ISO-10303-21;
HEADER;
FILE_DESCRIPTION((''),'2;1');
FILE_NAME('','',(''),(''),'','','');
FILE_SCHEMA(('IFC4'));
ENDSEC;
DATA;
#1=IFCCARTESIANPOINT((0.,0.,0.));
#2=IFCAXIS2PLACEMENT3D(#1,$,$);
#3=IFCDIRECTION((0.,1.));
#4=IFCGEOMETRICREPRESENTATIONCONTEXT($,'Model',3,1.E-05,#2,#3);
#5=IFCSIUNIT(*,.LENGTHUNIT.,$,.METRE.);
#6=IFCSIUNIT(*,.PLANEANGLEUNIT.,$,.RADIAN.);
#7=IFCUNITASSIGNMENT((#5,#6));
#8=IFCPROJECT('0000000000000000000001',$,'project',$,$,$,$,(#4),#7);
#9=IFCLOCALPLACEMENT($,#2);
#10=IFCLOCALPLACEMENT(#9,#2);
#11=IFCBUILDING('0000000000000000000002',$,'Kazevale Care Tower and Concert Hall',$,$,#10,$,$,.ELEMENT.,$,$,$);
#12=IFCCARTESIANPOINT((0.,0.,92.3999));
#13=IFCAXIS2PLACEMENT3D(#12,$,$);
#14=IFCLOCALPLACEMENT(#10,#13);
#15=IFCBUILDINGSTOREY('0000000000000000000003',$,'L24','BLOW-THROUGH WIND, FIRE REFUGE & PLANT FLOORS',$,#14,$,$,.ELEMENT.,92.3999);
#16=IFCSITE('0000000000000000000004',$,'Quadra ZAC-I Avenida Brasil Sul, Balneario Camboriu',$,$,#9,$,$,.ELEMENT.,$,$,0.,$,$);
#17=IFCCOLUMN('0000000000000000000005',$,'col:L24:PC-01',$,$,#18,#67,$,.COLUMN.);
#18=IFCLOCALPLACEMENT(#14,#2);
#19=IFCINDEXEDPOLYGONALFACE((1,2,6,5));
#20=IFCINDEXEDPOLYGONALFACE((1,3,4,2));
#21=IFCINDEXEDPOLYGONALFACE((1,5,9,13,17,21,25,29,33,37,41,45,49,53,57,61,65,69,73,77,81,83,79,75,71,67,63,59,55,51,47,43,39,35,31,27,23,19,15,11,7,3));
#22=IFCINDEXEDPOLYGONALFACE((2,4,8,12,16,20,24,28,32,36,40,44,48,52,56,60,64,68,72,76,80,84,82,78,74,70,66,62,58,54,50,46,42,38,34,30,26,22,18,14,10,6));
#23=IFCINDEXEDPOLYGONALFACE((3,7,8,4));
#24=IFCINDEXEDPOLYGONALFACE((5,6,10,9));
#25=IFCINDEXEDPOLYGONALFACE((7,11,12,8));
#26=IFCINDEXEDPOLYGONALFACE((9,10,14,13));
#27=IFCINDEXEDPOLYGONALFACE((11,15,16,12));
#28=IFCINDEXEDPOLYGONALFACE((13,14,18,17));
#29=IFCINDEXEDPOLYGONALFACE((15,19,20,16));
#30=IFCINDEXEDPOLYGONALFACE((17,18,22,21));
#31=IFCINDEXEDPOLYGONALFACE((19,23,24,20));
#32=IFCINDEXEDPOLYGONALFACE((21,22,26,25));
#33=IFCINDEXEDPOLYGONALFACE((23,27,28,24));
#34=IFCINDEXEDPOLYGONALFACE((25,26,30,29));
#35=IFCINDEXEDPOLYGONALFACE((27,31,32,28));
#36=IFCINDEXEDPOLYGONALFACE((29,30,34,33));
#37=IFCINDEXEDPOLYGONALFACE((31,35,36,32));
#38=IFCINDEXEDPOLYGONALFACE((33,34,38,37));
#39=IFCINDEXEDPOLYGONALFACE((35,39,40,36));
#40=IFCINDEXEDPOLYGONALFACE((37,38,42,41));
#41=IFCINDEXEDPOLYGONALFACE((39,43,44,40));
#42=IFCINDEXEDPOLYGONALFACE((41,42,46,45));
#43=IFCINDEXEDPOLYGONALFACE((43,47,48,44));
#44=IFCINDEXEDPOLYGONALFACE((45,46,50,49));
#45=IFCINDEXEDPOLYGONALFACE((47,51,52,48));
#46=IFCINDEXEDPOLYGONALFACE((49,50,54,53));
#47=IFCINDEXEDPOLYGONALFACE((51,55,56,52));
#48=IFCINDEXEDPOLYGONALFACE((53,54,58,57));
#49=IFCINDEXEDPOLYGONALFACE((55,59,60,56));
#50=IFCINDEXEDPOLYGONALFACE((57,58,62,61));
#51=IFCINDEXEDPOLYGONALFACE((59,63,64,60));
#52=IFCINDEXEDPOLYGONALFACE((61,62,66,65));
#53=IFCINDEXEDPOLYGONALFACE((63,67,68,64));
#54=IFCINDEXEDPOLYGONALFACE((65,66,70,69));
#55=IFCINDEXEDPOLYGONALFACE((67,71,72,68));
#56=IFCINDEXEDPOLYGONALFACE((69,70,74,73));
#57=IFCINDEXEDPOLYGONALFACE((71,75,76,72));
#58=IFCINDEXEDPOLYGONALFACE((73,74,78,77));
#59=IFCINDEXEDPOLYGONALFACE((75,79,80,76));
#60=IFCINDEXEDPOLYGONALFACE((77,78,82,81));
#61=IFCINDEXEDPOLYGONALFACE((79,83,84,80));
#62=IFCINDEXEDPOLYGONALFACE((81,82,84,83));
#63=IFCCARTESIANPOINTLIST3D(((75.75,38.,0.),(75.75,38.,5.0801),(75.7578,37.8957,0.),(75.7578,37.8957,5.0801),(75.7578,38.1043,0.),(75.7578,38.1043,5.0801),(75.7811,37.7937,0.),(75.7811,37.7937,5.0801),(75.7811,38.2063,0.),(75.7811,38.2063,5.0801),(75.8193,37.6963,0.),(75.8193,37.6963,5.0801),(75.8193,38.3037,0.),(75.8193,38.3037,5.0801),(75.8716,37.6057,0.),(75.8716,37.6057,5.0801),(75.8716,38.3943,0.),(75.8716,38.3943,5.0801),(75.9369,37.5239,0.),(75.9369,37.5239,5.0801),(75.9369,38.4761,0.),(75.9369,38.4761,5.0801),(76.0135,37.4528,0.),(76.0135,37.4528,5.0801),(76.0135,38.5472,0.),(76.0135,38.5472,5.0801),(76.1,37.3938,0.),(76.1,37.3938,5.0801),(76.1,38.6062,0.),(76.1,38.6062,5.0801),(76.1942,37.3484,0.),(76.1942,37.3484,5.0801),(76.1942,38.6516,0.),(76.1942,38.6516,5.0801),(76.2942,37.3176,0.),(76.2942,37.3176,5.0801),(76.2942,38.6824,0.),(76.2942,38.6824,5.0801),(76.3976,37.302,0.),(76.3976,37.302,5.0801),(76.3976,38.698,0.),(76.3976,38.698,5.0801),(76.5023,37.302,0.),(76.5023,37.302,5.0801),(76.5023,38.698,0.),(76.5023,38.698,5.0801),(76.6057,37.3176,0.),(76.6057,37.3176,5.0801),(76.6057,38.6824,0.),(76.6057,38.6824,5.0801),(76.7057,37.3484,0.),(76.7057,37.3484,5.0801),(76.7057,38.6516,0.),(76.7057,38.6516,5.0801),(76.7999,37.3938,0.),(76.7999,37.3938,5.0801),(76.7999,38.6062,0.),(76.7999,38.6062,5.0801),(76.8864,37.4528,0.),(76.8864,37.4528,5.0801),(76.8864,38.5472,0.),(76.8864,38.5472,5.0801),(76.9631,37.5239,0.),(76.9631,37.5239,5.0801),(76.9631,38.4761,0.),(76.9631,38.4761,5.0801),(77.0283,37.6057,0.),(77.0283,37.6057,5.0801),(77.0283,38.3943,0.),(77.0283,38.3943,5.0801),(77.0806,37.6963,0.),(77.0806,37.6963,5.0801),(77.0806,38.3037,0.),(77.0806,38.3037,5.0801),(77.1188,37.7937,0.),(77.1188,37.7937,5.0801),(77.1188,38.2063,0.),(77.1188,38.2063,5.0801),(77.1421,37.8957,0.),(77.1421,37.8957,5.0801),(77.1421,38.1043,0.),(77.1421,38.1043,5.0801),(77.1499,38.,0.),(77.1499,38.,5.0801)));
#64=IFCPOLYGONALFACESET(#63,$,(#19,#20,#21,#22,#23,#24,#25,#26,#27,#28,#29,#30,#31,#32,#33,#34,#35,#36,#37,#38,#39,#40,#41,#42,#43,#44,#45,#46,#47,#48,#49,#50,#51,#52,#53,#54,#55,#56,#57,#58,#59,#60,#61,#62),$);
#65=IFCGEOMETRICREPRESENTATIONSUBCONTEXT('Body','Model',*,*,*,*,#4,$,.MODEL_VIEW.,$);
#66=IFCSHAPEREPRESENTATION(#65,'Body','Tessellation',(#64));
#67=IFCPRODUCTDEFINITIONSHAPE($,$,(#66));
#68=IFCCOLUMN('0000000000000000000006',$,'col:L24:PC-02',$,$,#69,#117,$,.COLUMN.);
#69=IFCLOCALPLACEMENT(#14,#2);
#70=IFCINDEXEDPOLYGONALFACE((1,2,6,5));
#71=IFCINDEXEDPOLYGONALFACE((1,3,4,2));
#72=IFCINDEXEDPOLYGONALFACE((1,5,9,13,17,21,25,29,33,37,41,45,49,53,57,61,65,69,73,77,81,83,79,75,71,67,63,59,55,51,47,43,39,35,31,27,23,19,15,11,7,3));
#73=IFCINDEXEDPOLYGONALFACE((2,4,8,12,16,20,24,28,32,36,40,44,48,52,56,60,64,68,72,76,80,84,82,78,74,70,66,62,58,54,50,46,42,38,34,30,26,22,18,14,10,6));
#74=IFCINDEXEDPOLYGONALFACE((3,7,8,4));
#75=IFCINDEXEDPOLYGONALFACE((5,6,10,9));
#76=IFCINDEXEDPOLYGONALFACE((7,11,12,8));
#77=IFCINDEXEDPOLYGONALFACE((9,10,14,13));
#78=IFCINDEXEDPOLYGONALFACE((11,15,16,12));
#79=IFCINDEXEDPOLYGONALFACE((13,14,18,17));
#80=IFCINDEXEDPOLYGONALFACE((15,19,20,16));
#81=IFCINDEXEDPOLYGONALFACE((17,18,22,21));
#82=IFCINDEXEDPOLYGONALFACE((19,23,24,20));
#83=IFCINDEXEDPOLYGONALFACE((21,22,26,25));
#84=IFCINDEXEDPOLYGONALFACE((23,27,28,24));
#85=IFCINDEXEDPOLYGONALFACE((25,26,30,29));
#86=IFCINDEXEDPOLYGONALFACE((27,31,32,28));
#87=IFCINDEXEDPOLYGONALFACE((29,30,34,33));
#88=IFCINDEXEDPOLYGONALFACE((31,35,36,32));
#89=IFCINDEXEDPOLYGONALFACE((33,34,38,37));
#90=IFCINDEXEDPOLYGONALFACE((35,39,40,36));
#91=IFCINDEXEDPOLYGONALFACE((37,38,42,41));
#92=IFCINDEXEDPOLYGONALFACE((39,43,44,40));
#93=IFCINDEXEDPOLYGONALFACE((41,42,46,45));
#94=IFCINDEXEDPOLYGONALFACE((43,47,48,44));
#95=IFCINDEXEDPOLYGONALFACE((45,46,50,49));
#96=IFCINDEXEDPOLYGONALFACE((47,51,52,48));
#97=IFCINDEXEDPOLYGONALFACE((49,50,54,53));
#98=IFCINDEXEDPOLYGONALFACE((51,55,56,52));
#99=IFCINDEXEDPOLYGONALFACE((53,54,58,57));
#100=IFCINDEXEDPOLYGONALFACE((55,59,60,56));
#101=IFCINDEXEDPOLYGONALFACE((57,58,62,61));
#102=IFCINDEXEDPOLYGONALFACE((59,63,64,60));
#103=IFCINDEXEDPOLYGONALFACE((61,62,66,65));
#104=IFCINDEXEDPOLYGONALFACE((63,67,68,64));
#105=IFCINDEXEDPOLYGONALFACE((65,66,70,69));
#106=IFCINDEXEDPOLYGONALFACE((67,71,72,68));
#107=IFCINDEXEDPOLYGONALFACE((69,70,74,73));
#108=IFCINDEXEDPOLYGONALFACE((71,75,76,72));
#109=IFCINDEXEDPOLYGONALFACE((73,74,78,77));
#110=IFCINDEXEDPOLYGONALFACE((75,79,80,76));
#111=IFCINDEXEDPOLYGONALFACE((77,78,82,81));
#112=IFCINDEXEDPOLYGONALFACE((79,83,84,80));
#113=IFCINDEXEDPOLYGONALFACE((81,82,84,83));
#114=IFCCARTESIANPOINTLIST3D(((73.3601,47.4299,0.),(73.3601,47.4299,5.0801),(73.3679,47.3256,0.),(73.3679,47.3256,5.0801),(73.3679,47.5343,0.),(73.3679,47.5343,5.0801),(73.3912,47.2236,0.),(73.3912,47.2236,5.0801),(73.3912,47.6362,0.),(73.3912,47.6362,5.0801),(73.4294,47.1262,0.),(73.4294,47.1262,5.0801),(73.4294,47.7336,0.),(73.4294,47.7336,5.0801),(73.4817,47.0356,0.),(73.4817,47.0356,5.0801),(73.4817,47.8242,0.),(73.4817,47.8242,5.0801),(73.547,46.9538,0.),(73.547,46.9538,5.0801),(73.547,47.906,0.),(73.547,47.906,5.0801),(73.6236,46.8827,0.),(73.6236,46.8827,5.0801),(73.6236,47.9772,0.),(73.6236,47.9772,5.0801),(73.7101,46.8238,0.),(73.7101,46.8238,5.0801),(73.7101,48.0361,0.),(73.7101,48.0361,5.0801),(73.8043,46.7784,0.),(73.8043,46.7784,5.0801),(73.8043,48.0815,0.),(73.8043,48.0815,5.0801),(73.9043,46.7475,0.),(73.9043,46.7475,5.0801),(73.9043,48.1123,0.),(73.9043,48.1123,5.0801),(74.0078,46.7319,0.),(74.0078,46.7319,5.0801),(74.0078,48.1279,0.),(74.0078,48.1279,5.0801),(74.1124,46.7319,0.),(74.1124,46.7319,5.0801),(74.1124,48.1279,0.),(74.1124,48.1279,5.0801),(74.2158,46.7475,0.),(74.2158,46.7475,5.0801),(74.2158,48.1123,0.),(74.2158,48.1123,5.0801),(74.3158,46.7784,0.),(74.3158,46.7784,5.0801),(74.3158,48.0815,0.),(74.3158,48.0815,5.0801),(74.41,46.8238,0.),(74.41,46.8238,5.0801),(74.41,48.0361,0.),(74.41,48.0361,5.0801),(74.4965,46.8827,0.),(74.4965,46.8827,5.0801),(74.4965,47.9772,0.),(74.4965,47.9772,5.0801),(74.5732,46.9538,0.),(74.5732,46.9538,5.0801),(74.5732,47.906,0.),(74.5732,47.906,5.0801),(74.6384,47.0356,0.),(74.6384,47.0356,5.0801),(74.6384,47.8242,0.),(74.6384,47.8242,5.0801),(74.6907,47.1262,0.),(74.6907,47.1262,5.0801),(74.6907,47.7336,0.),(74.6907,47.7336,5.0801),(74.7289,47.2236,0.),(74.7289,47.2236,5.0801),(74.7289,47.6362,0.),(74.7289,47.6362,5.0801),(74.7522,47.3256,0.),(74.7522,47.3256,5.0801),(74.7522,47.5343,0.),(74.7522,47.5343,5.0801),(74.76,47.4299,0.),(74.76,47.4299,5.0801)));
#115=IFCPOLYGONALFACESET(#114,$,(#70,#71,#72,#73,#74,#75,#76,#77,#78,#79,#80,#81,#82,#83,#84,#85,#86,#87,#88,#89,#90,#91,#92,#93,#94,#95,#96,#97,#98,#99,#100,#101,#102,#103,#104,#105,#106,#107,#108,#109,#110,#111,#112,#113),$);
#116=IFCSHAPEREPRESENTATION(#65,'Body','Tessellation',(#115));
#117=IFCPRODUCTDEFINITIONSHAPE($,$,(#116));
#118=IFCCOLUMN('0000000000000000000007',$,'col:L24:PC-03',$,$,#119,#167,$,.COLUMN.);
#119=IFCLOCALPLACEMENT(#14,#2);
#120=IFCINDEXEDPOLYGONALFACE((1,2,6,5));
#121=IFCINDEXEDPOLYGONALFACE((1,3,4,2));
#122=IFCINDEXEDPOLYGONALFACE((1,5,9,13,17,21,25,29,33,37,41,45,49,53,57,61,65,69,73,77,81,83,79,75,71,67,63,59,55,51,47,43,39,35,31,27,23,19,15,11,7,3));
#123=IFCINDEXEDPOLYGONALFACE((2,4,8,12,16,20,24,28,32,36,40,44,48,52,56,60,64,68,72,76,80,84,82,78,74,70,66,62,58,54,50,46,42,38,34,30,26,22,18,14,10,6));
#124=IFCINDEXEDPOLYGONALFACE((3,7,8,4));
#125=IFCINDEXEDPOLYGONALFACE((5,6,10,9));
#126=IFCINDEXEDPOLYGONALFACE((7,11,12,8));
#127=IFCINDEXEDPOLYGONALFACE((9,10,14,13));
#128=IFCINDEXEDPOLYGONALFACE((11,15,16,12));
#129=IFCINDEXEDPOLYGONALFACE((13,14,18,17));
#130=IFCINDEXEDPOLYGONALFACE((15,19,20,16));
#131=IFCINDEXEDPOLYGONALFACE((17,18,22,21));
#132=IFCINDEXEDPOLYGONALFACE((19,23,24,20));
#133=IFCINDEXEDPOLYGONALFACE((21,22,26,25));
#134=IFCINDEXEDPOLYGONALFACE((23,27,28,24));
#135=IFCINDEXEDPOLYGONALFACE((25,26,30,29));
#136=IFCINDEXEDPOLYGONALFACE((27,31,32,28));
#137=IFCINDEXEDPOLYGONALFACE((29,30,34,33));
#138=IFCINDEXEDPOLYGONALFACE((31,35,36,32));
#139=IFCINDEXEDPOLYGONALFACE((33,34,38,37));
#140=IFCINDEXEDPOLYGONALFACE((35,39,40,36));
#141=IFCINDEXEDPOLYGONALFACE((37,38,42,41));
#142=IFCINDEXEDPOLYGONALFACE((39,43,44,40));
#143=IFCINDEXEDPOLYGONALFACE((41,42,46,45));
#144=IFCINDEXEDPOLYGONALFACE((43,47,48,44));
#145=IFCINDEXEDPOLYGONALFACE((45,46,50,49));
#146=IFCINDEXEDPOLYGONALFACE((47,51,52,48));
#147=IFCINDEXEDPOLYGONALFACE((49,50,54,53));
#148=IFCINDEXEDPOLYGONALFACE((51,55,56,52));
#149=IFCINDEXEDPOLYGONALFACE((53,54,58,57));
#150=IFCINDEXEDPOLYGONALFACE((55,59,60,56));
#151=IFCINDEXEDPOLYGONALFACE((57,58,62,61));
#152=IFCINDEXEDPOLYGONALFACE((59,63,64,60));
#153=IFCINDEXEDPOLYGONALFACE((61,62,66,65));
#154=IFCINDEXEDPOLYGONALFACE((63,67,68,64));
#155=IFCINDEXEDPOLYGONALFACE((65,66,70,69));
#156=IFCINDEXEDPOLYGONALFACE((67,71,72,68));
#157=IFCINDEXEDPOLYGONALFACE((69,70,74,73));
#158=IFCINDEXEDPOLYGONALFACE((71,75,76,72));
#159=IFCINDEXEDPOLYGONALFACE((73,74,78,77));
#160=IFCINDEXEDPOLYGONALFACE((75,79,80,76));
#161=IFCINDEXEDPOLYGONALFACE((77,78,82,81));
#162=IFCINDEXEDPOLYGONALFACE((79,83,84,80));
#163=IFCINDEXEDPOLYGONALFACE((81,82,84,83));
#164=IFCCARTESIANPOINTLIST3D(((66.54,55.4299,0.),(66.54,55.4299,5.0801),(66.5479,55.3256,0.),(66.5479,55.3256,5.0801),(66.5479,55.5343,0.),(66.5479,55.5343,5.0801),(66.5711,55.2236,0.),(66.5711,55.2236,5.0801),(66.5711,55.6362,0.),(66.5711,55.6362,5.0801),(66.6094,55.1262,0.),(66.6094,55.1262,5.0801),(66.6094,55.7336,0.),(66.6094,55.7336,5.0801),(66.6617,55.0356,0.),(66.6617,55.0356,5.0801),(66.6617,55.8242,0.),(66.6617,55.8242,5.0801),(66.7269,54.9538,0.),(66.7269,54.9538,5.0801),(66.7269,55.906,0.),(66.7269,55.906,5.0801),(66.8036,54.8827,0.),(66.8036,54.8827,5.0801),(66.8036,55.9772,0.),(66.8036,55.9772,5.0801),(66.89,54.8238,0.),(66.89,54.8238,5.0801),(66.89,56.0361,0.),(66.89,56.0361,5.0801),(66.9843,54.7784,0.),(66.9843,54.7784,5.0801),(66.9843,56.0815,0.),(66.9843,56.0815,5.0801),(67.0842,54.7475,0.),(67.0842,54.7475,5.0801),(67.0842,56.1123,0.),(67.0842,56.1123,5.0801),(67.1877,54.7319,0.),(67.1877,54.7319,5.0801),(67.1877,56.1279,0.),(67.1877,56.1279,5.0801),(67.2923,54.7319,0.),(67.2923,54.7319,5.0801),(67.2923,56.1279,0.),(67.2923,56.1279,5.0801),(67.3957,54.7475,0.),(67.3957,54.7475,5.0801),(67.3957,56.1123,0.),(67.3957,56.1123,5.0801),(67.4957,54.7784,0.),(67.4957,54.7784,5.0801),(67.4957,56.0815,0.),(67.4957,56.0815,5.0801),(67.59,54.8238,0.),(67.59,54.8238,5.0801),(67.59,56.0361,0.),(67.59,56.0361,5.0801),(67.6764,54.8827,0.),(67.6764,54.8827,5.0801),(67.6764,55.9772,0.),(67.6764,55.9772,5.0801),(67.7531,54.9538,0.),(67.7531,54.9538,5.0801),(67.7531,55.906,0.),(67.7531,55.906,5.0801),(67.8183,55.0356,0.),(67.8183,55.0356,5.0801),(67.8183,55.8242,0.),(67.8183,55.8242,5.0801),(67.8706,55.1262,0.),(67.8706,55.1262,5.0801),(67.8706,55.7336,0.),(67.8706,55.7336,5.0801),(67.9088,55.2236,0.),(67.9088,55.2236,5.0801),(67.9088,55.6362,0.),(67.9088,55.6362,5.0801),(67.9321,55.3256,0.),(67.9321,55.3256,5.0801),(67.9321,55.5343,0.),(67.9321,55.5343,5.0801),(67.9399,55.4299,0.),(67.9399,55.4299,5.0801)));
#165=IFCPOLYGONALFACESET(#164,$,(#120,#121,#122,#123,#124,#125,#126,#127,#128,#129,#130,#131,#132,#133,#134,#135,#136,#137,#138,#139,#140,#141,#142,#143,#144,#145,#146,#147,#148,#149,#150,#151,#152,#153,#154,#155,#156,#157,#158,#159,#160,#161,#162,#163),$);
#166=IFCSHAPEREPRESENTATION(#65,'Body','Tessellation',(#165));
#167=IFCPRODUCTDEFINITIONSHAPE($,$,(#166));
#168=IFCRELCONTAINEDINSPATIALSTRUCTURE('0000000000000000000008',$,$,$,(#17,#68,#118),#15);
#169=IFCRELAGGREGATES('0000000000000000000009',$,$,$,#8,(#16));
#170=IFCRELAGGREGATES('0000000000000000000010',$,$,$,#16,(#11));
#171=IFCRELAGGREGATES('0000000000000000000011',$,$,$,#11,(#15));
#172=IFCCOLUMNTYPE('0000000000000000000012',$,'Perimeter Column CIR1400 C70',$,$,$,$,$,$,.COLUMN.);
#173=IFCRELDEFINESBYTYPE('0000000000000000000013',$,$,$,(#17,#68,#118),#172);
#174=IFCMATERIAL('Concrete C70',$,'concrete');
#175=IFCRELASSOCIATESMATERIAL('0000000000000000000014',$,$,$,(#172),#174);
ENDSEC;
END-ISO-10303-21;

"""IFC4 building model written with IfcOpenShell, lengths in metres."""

from ifc_helpers import new_model, si_unit, direction, frame, origin, origin_2d, place, context, subcontext, project, spatial, circle, extrude, material, material_profile, profile_set, type_object, element, save


model = new_model("IFC4")

# Units and contexts
model_context = context("Model", 3, precision=1e-05, world=origin(), true_north=direction((0.0, 1.0)))
body_context = subcontext(model_context, "Body", "Model", "MODEL_VIEW")
ifc_project = project(units=[si_unit("LENGTHUNIT", "METRE"), si_unit("PLANEANGLEUNIT", "RADIAN")], contexts=[model_context])

# Site, building, storey
site_placement = place(None, origin())
site = spatial("IfcSite", under=ifc_project, at=site_placement, Name="Quadra ZAC-I Avenida Brasil Sul, Balneario Camboriu", CompositionType="ELEMENT", RefElevation=0.0)
building_placement = place(site_placement, origin())
building = spatial("IfcBuilding", under=site, at=building_placement, Name="Kazevale Care Tower and Concert Hall", CompositionType="ELEMENT")
storey_placement = place(building_placement, frame((0.0, 0.0, 92.3999)))
storey = spatial("IfcBuildingStorey", under=building, at=storey_placement, Name="L24", Description="BLOW-THROUGH WIND, FIRE REFUGE & PLANT FLOORS", CompositionType="ELEMENT", Elevation=92.3999)

# Columns
ifc_material_1 = material(Name="Concrete C70", Category="concrete")
ifc_material_profile_1 = material_profile(ifc_material_1, circle(Radius=0.7, at=origin_2d()), Name="RC-CIR1400")
ifc_profile_set_1 = profile_set([ifc_material_profile_1], Name="Concrete C70")
column_type = type_object("IfcColumnType", Name="Perimeter Column CIR1400 C70", PredefinedType="COLUMN", material=ifc_profile_set_1)
for number, where, z_axis, x_axis, name in (
    (1, (76.45, 38.0, 0.0), (0.0, 0.0, 1.0), (1.0, 0.0, 0.0), "col:L24:PC-01"),
    (2, (74.0601, 47.4299, 0.0), (0.0, 0.0, 1.0), (1.0, 0.0, 0.0), "col:L24:PC-02"),
    (3, (67.24, 55.4299, 0.0), (0.0, 0.0, 1.0), (1.0, 0.0, 0.0), "col:L24:PC-03"),
):
    element("IfcColumn", number, at=place(storey_placement, frame(where, z_axis=z_axis, x_axis=x_axis)), inside=storey, type_object=column_type, Name=name, PredefinedType="COLUMN", context=body_context, shape_type="SweptSolid", body=[
        extrude(circle(Radius=0.7, at=origin_2d()), origin(), (0.0, 0.0, 1.0), 5.0801),
    ])

save(model, "model.ifc")
